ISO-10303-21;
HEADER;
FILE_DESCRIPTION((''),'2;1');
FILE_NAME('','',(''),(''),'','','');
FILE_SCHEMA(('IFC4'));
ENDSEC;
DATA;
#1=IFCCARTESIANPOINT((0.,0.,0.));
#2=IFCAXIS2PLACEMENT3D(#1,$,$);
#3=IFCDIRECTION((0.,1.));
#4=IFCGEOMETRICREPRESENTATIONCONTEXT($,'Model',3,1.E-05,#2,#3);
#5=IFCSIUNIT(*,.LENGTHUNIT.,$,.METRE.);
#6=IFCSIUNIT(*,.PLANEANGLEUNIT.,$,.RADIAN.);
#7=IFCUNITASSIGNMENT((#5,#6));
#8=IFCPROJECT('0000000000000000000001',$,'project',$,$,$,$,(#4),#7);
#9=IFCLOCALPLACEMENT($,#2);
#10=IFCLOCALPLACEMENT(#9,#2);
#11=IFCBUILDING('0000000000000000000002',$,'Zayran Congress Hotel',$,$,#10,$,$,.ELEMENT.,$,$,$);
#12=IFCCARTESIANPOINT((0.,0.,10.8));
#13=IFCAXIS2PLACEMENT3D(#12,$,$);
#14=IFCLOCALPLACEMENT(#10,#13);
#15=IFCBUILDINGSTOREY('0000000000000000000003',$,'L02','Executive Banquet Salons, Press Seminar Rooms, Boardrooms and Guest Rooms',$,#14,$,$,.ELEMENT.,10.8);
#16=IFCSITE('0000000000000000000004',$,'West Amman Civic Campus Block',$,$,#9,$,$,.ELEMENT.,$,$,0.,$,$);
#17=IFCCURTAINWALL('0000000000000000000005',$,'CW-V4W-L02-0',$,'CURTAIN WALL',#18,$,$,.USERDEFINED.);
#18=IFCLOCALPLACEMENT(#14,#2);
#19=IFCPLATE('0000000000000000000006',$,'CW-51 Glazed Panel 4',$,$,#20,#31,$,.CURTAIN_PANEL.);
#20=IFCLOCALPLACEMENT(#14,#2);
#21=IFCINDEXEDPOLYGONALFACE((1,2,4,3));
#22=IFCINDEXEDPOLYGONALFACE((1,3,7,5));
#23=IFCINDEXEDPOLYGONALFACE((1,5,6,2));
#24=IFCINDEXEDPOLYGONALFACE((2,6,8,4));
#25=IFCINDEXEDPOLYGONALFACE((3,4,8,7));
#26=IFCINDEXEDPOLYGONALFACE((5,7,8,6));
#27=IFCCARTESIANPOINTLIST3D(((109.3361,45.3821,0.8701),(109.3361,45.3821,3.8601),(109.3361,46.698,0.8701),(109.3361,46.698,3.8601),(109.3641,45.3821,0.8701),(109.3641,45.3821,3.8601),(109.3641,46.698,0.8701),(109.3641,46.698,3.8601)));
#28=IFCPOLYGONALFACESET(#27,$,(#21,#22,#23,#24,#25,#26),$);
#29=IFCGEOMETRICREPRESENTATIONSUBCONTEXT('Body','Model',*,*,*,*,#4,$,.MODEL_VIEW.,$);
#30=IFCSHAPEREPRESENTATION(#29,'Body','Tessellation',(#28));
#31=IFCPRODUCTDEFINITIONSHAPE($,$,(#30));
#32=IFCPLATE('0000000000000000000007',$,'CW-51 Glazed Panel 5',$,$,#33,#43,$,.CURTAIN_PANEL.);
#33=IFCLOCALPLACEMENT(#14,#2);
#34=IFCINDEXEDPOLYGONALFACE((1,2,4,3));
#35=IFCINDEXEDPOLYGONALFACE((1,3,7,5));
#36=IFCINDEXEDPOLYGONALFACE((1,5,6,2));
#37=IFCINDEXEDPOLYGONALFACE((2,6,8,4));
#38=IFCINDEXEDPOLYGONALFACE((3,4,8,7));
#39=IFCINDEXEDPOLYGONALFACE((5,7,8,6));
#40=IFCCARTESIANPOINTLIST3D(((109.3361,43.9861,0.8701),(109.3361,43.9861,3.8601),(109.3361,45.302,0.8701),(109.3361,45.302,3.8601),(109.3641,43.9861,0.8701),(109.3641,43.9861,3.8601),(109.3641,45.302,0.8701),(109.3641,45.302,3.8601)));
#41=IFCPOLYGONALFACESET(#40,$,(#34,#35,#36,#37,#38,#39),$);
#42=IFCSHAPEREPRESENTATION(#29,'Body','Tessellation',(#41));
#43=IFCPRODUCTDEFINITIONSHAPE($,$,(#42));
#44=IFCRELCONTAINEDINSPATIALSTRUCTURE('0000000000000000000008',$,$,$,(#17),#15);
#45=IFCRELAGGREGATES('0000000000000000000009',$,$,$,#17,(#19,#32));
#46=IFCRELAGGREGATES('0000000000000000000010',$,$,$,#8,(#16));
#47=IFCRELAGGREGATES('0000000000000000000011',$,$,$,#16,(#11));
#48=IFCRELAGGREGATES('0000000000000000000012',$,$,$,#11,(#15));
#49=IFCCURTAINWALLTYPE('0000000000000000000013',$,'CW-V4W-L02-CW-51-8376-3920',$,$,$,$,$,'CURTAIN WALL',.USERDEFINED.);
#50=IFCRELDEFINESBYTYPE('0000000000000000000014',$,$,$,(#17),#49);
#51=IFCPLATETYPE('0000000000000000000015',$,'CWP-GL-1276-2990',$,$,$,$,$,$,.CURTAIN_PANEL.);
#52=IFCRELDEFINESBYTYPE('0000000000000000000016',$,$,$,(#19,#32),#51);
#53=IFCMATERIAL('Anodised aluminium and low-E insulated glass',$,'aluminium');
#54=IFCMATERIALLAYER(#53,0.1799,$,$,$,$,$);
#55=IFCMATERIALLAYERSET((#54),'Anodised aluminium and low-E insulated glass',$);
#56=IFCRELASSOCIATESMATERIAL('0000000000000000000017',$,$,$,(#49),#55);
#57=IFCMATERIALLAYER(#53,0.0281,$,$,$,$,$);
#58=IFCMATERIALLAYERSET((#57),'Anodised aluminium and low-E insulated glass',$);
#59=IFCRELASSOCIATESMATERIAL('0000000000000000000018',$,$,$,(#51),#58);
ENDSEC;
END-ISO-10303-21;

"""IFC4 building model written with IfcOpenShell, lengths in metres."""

from ifc_helpers import new_model, si_unit, direction, frame, origin, origin_2d, place, context, subcontext, project, spatial, rectangle, extrude, material, layer, layer_set, type_object, element, aggregate, save


model = new_model("IFC4")

# Units and contexts
model_context = context("Model", 3, precision=1e-05, world=origin(), true_north=direction((0.0, 1.0)))
body_context = subcontext(model_context, "Body", "Model", "MODEL_VIEW")
ifc_project = project(units=[si_unit("LENGTHUNIT", "METRE"), si_unit("PLANEANGLEUNIT", "RADIAN")], contexts=[model_context])

# Site, building, storey
site_placement = place(None, origin())
site = spatial("IfcSite", under=ifc_project, at=site_placement, Name="West Amman Civic Campus Block", CompositionType="ELEMENT", RefElevation=0.0)
building_placement = place(site_placement, origin())
building = spatial("IfcBuilding", under=site, at=building_placement, Name="Zayran Congress Hotel", CompositionType="ELEMENT")
storey_placement = place(building_placement, frame((0.0, 0.0, 10.8)))
storey = spatial("IfcBuildingStorey", under=building, at=storey_placement, Name="L02", Description="Executive Banquet Salons, Press Seminar Rooms, Boardrooms and Guest Rooms", CompositionType="ELEMENT", Elevation=10.8)

# Curtain wall, plates
ifc_material_1 = material(Name="Anodised aluminium and low-E insulated glass", Category="aluminium")
ifc_layer_1 = layer(ifc_material_1, 0.1799)
ifc_layer_set_1 = layer_set([ifc_layer_1], Name="Anodised aluminium and low-E insulated glass")
curtain_wall_type = type_object("IfcCurtainWallType", Name="CW-V4W-L02-CW-51-8376-3920", ElementType="CURTAIN WALL", PredefinedType="USERDEFINED", material=ifc_layer_set_1)
curtain_wall_placement = place(storey_placement, origin())
curtain_wall = element("IfcCurtainWall", 1, at=curtain_wall_placement, inside=storey, type_object=curtain_wall_type, Name="CW-V4W-L02-0", ObjectType="CURTAIN WALL", PredefinedType="USERDEFINED")
ifc_layer_2 = layer(ifc_material_1, 0.0281)
ifc_layer_set_2 = layer_set([ifc_layer_2], Name="Anodised aluminium and low-E insulated glass")
plate_type_1 = type_object("IfcPlateType", Name="CWP-GL-1276-2990", PredefinedType="CURTAIN_PANEL", material=ifc_layer_set_2)
plate_1_placement = place(storey_placement, frame((109.3501, 46.04, 0.8701), z_axis=(0.0, 0.0, 1.0), x_axis=(0.0, 1.0, 0.0)))
plate_1 = element("IfcPlate", 2, at=plate_1_placement, type_object=plate_type_1, Name="CW-51 Glazed Panel 4", PredefinedType="CURTAIN_PANEL", context=body_context, shape_type="SweptSolid", body=[
    extrude(rectangle(XDim=1.3159, YDim=0.0281, at=origin_2d()), origin(), (0.0, 0.0, 1.0), 2.99),
])
plate_2_placement = place(storey_placement, frame((109.3501, 44.644, 0.8701), z_axis=(0.0, 0.0, 1.0), x_axis=(0.0, 1.0, 0.0)))
plate_2 = element("IfcPlate", 3, at=plate_2_placement, type_object=plate_type_1, Name="CW-51 Glazed Panel 5", PredefinedType="CURTAIN_PANEL", context=body_context, shape_type="SweptSolid", body=[
    extrude(rectangle(XDim=1.3159, YDim=0.0281, at=origin_2d()), origin(), (0.0, 0.0, 1.0), 2.99),
])
aggregate(curtain_wall, [plate_1, plate_2])

save(model, "model.ifc")
